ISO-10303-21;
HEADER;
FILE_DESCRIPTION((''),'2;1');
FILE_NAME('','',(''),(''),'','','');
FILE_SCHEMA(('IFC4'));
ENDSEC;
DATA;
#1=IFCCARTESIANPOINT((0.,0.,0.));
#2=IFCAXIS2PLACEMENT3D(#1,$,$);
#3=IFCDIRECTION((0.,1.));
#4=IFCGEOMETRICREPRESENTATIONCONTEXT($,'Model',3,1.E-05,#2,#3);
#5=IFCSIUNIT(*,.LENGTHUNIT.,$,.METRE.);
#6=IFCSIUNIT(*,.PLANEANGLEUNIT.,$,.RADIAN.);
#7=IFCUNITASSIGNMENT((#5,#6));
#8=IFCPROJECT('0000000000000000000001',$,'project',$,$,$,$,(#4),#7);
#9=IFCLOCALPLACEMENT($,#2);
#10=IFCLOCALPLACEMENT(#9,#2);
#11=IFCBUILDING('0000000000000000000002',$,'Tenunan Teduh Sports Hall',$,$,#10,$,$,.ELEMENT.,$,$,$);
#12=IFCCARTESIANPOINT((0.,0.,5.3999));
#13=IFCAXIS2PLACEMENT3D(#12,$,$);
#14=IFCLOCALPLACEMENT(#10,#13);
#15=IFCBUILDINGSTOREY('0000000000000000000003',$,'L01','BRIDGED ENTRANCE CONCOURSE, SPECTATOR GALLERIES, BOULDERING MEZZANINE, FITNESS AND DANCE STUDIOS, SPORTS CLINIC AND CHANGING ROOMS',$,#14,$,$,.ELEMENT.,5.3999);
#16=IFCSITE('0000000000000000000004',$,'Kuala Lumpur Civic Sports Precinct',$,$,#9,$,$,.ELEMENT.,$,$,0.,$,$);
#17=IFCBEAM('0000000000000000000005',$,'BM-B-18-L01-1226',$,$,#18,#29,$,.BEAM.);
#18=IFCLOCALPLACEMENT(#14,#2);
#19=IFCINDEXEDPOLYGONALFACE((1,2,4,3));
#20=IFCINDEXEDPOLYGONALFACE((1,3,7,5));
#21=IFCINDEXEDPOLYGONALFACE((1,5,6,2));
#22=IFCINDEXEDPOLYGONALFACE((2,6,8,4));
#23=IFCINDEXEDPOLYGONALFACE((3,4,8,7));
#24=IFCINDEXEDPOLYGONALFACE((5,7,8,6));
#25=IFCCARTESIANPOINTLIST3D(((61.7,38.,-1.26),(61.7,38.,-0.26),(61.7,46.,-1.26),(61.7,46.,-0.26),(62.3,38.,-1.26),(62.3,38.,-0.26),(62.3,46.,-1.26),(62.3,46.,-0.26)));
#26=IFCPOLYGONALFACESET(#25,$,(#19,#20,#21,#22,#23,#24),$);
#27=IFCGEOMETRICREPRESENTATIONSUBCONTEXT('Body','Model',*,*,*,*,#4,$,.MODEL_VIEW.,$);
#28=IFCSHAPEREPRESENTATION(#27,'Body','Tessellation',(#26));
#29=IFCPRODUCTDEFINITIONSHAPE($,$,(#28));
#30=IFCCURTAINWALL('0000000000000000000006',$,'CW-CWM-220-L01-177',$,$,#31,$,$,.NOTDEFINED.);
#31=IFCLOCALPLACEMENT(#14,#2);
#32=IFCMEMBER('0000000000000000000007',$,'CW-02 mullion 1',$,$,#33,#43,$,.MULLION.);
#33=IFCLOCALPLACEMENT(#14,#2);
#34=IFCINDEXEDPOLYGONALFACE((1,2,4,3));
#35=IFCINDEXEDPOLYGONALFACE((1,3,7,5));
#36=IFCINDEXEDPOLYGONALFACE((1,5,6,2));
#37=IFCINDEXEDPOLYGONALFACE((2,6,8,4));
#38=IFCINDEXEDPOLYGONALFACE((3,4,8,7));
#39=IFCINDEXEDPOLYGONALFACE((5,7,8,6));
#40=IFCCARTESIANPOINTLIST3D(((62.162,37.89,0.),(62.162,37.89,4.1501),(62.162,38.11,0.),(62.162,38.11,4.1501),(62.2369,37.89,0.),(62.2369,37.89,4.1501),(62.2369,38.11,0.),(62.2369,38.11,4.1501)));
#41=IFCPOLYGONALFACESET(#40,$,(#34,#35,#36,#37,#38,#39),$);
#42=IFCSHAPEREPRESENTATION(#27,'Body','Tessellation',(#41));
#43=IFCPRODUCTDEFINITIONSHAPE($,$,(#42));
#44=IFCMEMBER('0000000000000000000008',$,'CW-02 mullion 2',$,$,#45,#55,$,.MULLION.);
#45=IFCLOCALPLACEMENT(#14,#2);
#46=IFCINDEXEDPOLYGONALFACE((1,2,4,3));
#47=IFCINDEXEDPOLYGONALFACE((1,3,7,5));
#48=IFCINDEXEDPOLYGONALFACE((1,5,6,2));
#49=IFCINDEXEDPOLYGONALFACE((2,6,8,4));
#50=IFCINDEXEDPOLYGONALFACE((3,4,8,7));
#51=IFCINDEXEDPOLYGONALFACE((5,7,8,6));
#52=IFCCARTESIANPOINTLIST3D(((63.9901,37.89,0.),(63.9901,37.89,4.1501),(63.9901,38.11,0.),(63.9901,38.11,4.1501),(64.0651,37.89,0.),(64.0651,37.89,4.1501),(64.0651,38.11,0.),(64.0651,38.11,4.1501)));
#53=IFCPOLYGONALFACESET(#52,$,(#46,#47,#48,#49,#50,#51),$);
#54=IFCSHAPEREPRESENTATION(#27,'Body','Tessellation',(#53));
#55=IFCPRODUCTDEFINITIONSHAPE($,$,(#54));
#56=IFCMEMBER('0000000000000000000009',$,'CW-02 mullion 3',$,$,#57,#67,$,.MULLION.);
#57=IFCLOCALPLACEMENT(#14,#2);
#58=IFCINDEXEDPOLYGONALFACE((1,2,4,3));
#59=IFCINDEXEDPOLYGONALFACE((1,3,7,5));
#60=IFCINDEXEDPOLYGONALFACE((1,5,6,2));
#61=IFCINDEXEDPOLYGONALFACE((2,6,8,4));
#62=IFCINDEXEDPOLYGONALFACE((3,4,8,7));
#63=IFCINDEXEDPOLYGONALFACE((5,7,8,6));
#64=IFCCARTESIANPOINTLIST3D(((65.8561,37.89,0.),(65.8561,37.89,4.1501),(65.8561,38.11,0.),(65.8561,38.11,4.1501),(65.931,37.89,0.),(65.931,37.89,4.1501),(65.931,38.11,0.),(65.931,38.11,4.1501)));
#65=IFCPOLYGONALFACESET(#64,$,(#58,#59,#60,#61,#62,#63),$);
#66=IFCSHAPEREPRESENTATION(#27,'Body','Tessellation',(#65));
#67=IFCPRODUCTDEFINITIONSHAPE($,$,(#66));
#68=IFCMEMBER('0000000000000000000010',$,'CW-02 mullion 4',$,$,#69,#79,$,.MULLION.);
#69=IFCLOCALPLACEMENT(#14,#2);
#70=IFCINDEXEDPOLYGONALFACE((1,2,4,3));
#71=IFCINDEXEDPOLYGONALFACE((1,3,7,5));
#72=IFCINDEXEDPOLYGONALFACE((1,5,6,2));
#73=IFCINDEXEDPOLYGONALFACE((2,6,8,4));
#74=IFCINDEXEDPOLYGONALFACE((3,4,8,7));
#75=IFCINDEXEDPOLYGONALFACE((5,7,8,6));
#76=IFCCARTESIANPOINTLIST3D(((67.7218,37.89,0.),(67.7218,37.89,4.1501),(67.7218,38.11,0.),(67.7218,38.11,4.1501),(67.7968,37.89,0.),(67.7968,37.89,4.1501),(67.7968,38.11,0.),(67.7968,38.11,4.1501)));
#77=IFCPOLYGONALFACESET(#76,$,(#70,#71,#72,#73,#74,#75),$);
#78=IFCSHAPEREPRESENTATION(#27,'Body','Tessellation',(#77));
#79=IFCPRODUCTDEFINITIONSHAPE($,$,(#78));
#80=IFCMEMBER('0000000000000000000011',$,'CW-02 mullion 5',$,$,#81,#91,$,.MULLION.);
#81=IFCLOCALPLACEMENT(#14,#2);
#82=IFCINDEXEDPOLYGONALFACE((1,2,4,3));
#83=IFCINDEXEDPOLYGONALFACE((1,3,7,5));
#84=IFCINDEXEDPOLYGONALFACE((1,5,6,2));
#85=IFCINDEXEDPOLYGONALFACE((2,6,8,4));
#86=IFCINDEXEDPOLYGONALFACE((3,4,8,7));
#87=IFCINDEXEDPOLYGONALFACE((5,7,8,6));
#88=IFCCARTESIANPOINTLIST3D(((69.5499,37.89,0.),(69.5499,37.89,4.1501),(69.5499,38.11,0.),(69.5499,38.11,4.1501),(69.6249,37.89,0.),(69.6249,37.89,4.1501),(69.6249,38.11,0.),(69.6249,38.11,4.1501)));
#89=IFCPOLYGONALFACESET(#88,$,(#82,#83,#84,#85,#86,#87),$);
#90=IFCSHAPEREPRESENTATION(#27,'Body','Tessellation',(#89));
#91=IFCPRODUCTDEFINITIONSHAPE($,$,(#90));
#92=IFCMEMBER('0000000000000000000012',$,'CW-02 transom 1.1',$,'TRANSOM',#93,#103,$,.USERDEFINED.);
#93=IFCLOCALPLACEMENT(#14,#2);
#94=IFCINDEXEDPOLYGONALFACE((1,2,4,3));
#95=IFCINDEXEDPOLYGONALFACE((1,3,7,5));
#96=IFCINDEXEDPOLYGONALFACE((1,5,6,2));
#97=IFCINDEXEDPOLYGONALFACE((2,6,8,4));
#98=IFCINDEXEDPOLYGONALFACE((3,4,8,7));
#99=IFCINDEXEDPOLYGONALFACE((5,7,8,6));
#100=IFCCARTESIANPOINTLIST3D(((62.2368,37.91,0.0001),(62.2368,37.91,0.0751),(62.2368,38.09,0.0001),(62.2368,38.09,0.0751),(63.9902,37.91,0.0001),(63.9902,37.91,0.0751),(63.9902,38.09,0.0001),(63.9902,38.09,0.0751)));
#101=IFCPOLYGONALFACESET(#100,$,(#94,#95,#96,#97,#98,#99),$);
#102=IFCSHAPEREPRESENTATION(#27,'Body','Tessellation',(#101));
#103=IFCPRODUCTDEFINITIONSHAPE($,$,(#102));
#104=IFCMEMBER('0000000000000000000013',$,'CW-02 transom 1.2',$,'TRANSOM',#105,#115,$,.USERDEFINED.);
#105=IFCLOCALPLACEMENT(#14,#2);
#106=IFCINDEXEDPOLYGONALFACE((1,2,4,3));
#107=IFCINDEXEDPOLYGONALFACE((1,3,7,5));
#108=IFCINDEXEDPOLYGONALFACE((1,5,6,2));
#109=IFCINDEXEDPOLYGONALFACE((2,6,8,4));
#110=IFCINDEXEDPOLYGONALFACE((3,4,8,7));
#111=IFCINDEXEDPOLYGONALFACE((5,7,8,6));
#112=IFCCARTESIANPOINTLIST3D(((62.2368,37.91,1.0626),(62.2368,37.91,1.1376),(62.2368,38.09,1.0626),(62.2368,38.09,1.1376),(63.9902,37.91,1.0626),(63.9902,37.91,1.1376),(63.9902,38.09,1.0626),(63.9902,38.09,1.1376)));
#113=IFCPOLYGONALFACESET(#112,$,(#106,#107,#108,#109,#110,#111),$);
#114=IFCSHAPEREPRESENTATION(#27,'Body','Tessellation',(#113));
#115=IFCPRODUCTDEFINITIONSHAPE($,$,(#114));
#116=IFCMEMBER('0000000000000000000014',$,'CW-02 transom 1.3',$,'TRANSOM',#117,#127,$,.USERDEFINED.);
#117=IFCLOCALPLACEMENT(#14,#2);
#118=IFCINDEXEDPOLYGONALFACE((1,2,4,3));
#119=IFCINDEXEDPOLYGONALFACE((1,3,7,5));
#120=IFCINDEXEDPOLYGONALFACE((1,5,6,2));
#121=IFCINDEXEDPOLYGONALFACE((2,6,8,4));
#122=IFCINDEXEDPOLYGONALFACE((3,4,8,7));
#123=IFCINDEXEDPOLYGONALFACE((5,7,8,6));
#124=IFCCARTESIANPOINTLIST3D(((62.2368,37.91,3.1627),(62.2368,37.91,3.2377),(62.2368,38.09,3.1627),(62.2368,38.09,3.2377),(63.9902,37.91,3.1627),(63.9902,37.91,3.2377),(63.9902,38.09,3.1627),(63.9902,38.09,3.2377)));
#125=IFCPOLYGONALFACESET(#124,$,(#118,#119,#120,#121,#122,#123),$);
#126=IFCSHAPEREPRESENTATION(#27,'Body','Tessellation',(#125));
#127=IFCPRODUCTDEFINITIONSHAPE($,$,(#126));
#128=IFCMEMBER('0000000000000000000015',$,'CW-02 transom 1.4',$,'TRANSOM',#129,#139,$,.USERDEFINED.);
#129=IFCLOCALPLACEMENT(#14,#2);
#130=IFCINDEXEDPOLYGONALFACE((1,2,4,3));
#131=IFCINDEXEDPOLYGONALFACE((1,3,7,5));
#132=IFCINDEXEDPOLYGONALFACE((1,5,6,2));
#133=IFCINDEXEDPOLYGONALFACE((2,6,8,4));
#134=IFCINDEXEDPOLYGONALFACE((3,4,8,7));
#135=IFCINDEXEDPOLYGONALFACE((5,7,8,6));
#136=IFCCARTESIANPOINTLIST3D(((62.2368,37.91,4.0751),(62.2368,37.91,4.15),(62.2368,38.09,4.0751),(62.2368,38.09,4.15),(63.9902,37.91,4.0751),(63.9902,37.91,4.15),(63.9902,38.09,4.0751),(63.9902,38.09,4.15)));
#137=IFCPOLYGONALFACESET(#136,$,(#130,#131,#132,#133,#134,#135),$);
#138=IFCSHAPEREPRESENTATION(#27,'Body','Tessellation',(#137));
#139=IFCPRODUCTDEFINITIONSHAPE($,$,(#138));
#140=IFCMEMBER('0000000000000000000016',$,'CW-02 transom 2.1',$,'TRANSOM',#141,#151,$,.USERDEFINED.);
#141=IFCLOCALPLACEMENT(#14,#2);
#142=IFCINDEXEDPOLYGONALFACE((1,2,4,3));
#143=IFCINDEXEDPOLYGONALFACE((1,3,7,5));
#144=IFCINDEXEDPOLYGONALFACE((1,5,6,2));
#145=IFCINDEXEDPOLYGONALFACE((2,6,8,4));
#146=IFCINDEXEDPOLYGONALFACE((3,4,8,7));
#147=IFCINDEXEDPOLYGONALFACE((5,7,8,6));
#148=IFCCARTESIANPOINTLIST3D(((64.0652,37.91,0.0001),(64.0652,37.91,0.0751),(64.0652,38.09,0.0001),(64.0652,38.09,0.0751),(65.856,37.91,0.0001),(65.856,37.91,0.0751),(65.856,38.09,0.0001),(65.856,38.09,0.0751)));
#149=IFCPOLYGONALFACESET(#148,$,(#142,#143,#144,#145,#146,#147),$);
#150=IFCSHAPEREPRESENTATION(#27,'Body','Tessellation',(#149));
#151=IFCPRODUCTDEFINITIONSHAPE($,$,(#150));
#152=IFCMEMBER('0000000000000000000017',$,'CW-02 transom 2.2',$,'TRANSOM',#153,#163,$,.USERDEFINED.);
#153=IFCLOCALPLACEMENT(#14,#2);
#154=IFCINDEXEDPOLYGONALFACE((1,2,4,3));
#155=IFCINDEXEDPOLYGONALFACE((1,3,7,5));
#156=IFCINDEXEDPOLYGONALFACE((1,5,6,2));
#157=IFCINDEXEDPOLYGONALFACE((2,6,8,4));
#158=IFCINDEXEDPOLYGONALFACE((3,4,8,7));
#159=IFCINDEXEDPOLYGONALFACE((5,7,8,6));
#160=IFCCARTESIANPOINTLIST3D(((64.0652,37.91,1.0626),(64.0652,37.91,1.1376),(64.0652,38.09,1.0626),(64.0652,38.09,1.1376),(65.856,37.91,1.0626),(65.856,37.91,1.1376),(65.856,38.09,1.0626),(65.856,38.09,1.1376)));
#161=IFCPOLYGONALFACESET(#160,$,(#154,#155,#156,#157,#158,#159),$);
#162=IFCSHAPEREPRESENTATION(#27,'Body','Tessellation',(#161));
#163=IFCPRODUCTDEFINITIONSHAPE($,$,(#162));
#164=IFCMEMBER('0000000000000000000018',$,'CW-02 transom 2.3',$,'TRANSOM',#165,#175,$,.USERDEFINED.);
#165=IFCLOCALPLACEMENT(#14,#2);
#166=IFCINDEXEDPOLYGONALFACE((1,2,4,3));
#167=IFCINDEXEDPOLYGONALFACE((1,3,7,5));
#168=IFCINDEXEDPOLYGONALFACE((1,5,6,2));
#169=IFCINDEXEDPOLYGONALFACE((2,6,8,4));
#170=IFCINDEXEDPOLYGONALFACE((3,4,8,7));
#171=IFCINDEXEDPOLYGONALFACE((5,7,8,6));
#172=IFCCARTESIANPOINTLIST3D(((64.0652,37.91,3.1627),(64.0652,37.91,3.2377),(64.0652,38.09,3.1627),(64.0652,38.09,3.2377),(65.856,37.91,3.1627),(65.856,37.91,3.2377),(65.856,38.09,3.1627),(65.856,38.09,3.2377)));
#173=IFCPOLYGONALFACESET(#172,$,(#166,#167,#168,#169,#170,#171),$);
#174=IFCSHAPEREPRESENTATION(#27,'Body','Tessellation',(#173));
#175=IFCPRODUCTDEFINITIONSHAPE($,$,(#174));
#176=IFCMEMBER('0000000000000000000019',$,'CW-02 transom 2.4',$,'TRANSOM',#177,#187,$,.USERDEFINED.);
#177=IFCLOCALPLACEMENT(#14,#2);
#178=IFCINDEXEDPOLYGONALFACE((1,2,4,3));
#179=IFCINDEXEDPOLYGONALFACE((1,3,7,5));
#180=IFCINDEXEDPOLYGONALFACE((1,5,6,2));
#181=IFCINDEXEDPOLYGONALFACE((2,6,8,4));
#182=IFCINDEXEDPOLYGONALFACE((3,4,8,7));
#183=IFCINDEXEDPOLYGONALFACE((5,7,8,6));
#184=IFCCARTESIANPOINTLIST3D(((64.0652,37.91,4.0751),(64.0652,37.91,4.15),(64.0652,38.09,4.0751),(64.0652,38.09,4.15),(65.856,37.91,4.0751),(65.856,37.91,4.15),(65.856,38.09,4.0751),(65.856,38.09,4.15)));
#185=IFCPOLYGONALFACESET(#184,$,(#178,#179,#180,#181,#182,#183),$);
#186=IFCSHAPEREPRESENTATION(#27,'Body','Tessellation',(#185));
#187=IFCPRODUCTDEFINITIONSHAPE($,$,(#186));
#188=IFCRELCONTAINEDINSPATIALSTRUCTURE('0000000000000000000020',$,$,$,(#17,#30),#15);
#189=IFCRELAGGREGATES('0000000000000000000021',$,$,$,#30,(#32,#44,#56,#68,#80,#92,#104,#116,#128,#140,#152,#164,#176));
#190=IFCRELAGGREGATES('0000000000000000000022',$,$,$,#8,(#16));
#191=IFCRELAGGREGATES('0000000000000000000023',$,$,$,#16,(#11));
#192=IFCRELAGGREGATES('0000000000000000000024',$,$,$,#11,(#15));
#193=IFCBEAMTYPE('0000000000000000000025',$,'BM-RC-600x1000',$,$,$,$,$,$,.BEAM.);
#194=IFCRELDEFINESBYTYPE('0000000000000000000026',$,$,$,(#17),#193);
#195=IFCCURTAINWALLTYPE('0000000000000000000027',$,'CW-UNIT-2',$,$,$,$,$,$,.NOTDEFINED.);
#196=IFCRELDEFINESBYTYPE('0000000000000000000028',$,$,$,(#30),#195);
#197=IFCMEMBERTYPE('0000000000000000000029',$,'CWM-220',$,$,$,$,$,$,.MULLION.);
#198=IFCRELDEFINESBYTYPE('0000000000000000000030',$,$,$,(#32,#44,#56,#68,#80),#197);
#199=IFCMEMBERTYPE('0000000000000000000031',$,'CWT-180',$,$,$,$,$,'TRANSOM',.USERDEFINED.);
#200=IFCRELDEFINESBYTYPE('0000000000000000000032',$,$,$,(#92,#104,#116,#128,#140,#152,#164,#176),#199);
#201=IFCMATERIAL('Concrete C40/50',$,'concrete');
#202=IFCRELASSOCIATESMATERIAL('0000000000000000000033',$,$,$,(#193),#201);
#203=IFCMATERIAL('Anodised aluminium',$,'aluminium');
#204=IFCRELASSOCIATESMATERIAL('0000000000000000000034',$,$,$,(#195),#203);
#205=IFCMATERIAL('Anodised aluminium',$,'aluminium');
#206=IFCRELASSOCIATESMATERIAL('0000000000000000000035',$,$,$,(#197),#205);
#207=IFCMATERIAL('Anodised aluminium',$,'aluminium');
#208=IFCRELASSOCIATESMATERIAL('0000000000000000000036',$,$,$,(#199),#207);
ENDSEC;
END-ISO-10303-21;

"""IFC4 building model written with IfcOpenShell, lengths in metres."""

from ifc_helpers import new_model, si_unit, direction, frame, origin, origin_2d, place, context, subcontext, project, spatial, rectangle, extrude, material, material_profile, profile_set, type_object, element, aggregate, save


model = new_model("IFC4")

# Units and contexts
model_context = context("Model", 3, precision=1e-05, world=origin(), true_north=direction((0.0, 1.0)))
body_context = subcontext(model_context, "Body", "Model", "MODEL_VIEW")
ifc_project = project(units=[si_unit("LENGTHUNIT", "METRE"), si_unit("PLANEANGLEUNIT", "RADIAN")], contexts=[model_context])

# Site, building, storey
site_placement = place(None, origin())
site = spatial("IfcSite", under=ifc_project, at=site_placement, Name="Kuala Lumpur Civic Sports Precinct", CompositionType="ELEMENT", RefElevation=0.0)
building_placement = place(site_placement, origin())
building = spatial("IfcBuilding", under=site, at=building_placement, Name="Tenunan Teduh Sports Hall", CompositionType="ELEMENT")
storey_placement = place(building_placement, frame((0.0, 0.0, 5.3999)))
storey = spatial("IfcBuildingStorey", under=building, at=storey_placement, Name="L01", Description="BRIDGED ENTRANCE CONCOURSE, SPECTATOR GALLERIES, BOULDERING MEZZANINE, FITNESS AND DANCE STUDIOS, SPORTS CLINIC AND CHANGING ROOMS", CompositionType="ELEMENT", Elevation=5.3999)

# Beam
ifc_material_1 = material(Name="Concrete C40/50", Category="concrete")
ifc_material_profile_1 = material_profile(ifc_material_1, rectangle(XDim=0.6001, YDim=1.0, at=origin_2d()), Name="RCB 600x1000")
ifc_profile_set_1 = profile_set([ifc_material_profile_1], Name="Concrete C40/50")
beam_type_1 = type_object("IfcBeamType", Name="BM-RC-600x1000", PredefinedType="BEAM", material=ifc_profile_set_1)
beam_1_placement = place(storey_placement, frame((62.0, 38.0, -0.76), z_axis=(0.0, 1.0, 0.0), x_axis=(-1.0, 0.0, 0.0)))
element("IfcBeam", 1, at=beam_1_placement, inside=storey, type_object=beam_type_1, Name="BM-B-18-L01-1226", PredefinedType="BEAM", context=body_context, shape_type="SweptSolid", body=[
    extrude(rectangle(XDim=0.6001, YDim=1.0, at=origin_2d()), origin(), (0.0, 0.0, 1.0), 8.0),
])

# Curtain wall, members
ifc_material_2 = material(Name="Anodised aluminium", Category="aluminium")
curtain_wall_type = type_object("IfcCurtainWallType", Name="CW-UNIT-2", PredefinedType="NOTDEFINED", material=ifc_material_2)
curtain_wall_placement = place(storey_placement, origin())
curtain_wall = element("IfcCurtainWall", 2, at=curtain_wall_placement, inside=storey, type_object=curtain_wall_type, Name="CW-CWM-220-L01-177", PredefinedType="NOTDEFINED")
ifc_material_3 = material(Name="Anodised aluminium", Category="aluminium")
ifc_material_profile_2 = material_profile(ifc_material_3, rectangle(XDim=0.075, YDim=0.22, at=origin_2d()), Name="CWM 75x220")
ifc_profile_set_2 = profile_set([ifc_material_profile_2], Name="Anodised aluminium")
member_type_1 = type_object("IfcMemberType", Name="CWM-220", PredefinedType="MULLION", material=ifc_profile_set_2)
member_1_placement = place(storey_placement, frame((62.1995, 38.0, 0.0), z_axis=(0.0, 0.0, 1.0), x_axis=(1.0, 0.0, 0.0)))
member_1 = element("IfcMember", 3, at=member_1_placement, type_object=member_type_1, Name="CW-02 mullion 1", PredefinedType="MULLION", context=body_context, shape_type="SweptSolid", body=[
    extrude(rectangle(XDim=0.075, YDim=0.22, at=origin_2d()), origin(), (0.0, 0.0, 1.0), 4.1501),
])
member_2_placement = place(storey_placement, frame((64.0276, 38.0, 0.0), z_axis=(0.0, 0.0, 1.0), x_axis=(1.0, 0.0, 0.0)))
member_2 = element("IfcMember", 4, at=member_2_placement, type_object=member_type_1, Name="CW-02 mullion 2", PredefinedType="MULLION", context=body_context, shape_type="SweptSolid", body=[
    extrude(rectangle(XDim=0.075, YDim=0.22, at=origin_2d()), origin(), (0.0, 0.0, 1.0), 4.1501),
])
member_3_placement = place(storey_placement, frame((65.8936, 38.0, 0.0), z_axis=(0.0, 0.0, 1.0), x_axis=(1.0, 0.0, 0.0)))
member_3 = element("IfcMember", 5, at=member_3_placement, type_object=member_type_1, Name="CW-02 mullion 3", PredefinedType="MULLION", context=body_context, shape_type="SweptSolid", body=[
    extrude(rectangle(XDim=0.075, YDim=0.22, at=origin_2d()), origin(), (0.0, 0.0, 1.0), 4.1501),
])
member_4_placement = place(storey_placement, frame((67.7593, 38.0, 0.0), z_axis=(0.0, 0.0, 1.0), x_axis=(1.0, 0.0, 0.0)))
member_4 = element("IfcMember", 6, at=member_4_placement, type_object=member_type_1, Name="CW-02 mullion 4", PredefinedType="MULLION", context=body_context, shape_type="SweptSolid", body=[
    extrude(rectangle(XDim=0.075, YDim=0.22, at=origin_2d()), origin(), (0.0, 0.0, 1.0), 4.1501),
])
member_5_placement = place(storey_placement, frame((69.5874, 38.0, 0.0), z_axis=(0.0, 0.0, 1.0), x_axis=(1.0, 0.0, 0.0)))
member_5 = element("IfcMember", 7, at=member_5_placement, type_object=member_type_1, Name="CW-02 mullion 5", PredefinedType="MULLION", context=body_context, shape_type="SweptSolid", body=[
    extrude(rectangle(XDim=0.075, YDim=0.22, at=origin_2d()), origin(), (0.0, 0.0, 1.0), 4.1501),
])
ifc_material_4 = material(Name="Anodised aluminium", Category="aluminium")
ifc_material_profile_3 = material_profile(ifc_material_4, rectangle(XDim=0.075, YDim=0.1799, at=origin_2d()), Name="CWT 75x180")
ifc_profile_set_3 = profile_set([ifc_material_profile_3], Name="Anodised aluminium")
member_type_2 = type_object("IfcMemberType", Name="CWT-180", ElementType="TRANSOM", PredefinedType="USERDEFINED", material=ifc_profile_set_3)
member_6_placement = place(storey_placement, frame((62.2368, 38.0, 0.0376), z_axis=(1.0, 0.0, 0.0), x_axis=(0.0, 0.0, 1.0)))
member_6 = element("IfcMember", 8, at=member_6_placement, type_object=member_type_2, Name="CW-02 transom 1.1", ObjectType="TRANSOM", PredefinedType="USERDEFINED", context=body_context, shape_type="SweptSolid", body=[
    extrude(rectangle(XDim=0.075, YDim=0.1799, at=origin_2d()), origin(), (0.0, 0.0, 1.0), 1.7534),
])
member_7_placement = place(storey_placement, frame((62.2368, 38.0, 1.1001), z_axis=(1.0, 0.0, 0.0), x_axis=(0.0, 0.0, 1.0)))
member_7 = element("IfcMember", 9, at=member_7_placement, type_object=member_type_2, Name="CW-02 transom 1.2", ObjectType="TRANSOM", PredefinedType="USERDEFINED", context=body_context, shape_type="SweptSolid", body=[
    extrude(rectangle(XDim=0.075, YDim=0.1799, at=origin_2d()), origin(), (0.0, 0.0, 1.0), 1.7534),
])
member_8_placement = place(storey_placement, frame((62.2368, 38.0, 3.2002), z_axis=(1.0, 0.0, 0.0), x_axis=(0.0, 0.0, 1.0)))
member_8 = element("IfcMember", 10, at=member_8_placement, type_object=member_type_2, Name="CW-02 transom 1.3", ObjectType="TRANSOM", PredefinedType="USERDEFINED", context=body_context, shape_type="SweptSolid", body=[
    extrude(rectangle(XDim=0.075, YDim=0.1799, at=origin_2d()), origin(), (0.0, 0.0, 1.0), 1.7534),
])
member_9_placement = place(storey_placement, frame((62.2368, 38.0, 4.1125), z_axis=(1.0, 0.0, 0.0), x_axis=(0.0, 0.0, 1.0)))
member_9 = element("IfcMember", 11, at=member_9_placement, type_object=member_type_2, Name="CW-02 transom 1.4", ObjectType="TRANSOM", PredefinedType="USERDEFINED", context=body_context, shape_type="SweptSolid", body=[
    extrude(rectangle(XDim=0.075, YDim=0.1799, at=origin_2d()), origin(), (0.0, 0.0, 1.0), 1.7534),
])
member_10_placement = place(storey_placement, frame((64.0652, 38.0, 0.0376), z_axis=(1.0, 0.0, 0.0), x_axis=(0.0, 0.0, 1.0)))
member_10 = element("IfcMember", 12, at=member_10_placement, type_object=member_type_2, Name="CW-02 transom 2.1", ObjectType="TRANSOM", PredefinedType="USERDEFINED", context=body_context, shape_type="SweptSolid", body=[
    extrude(rectangle(XDim=0.075, YDim=0.1799, at=origin_2d()), origin(), (0.0, 0.0, 1.0), 1.7908),
])
member_11_placement = place(storey_placement, frame((64.0652, 38.0, 1.1001), z_axis=(1.0, 0.0, 0.0), x_axis=(0.0, 0.0, 1.0)))
member_11 = element("IfcMember", 13, at=member_11_placement, type_object=member_type_2, Name="CW-02 transom 2.2", ObjectType="TRANSOM", PredefinedType="USERDEFINED", context=body_context, shape_type="SweptSolid", body=[
    extrude(rectangle(XDim=0.075, YDim=0.1799, at=origin_2d()), origin(), (0.0, 0.0, 1.0), 1.7908),
])
member_12_placement = place(storey_placement, frame((64.0652, 38.0, 3.2002), z_axis=(1.0, 0.0, 0.0), x_axis=(0.0, 0.0, 1.0)))
member_12 = element("IfcMember", 14, at=member_12_placement, type_object=member_type_2, Name="CW-02 transom 2.3", ObjectType="TRANSOM", PredefinedType="USERDEFINED", context=body_context, shape_type="SweptSolid", body=[
    extrude(rectangle(XDim=0.075, YDim=0.1799, at=origin_2d()), origin(), (0.0, 0.0, 1.0), 1.7908),
])
member_13_placement = place(storey_placement, frame((64.0652, 38.0, 4.1125), z_axis=(1.0, 0.0, 0.0), x_axis=(0.0, 0.0, 1.0)))
member_13 = element("IfcMember", 15, at=member_13_placement, type_object=member_type_2, Name="CW-02 transom 2.4", ObjectType="TRANSOM", PredefinedType="USERDEFINED", context=body_context, shape_type="SweptSolid", body=[
    extrude(rectangle(XDim=0.075, YDim=0.1799, at=origin_2d()), origin(), (0.0, 0.0, 1.0), 1.7908),
])

aggregate(curtain_wall, [member_1, member_2, member_3, member_4, member_5, member_6, member_7, member_8, member_9, member_10, member_11, member_12, member_13])

save(model, "model.ifc")
